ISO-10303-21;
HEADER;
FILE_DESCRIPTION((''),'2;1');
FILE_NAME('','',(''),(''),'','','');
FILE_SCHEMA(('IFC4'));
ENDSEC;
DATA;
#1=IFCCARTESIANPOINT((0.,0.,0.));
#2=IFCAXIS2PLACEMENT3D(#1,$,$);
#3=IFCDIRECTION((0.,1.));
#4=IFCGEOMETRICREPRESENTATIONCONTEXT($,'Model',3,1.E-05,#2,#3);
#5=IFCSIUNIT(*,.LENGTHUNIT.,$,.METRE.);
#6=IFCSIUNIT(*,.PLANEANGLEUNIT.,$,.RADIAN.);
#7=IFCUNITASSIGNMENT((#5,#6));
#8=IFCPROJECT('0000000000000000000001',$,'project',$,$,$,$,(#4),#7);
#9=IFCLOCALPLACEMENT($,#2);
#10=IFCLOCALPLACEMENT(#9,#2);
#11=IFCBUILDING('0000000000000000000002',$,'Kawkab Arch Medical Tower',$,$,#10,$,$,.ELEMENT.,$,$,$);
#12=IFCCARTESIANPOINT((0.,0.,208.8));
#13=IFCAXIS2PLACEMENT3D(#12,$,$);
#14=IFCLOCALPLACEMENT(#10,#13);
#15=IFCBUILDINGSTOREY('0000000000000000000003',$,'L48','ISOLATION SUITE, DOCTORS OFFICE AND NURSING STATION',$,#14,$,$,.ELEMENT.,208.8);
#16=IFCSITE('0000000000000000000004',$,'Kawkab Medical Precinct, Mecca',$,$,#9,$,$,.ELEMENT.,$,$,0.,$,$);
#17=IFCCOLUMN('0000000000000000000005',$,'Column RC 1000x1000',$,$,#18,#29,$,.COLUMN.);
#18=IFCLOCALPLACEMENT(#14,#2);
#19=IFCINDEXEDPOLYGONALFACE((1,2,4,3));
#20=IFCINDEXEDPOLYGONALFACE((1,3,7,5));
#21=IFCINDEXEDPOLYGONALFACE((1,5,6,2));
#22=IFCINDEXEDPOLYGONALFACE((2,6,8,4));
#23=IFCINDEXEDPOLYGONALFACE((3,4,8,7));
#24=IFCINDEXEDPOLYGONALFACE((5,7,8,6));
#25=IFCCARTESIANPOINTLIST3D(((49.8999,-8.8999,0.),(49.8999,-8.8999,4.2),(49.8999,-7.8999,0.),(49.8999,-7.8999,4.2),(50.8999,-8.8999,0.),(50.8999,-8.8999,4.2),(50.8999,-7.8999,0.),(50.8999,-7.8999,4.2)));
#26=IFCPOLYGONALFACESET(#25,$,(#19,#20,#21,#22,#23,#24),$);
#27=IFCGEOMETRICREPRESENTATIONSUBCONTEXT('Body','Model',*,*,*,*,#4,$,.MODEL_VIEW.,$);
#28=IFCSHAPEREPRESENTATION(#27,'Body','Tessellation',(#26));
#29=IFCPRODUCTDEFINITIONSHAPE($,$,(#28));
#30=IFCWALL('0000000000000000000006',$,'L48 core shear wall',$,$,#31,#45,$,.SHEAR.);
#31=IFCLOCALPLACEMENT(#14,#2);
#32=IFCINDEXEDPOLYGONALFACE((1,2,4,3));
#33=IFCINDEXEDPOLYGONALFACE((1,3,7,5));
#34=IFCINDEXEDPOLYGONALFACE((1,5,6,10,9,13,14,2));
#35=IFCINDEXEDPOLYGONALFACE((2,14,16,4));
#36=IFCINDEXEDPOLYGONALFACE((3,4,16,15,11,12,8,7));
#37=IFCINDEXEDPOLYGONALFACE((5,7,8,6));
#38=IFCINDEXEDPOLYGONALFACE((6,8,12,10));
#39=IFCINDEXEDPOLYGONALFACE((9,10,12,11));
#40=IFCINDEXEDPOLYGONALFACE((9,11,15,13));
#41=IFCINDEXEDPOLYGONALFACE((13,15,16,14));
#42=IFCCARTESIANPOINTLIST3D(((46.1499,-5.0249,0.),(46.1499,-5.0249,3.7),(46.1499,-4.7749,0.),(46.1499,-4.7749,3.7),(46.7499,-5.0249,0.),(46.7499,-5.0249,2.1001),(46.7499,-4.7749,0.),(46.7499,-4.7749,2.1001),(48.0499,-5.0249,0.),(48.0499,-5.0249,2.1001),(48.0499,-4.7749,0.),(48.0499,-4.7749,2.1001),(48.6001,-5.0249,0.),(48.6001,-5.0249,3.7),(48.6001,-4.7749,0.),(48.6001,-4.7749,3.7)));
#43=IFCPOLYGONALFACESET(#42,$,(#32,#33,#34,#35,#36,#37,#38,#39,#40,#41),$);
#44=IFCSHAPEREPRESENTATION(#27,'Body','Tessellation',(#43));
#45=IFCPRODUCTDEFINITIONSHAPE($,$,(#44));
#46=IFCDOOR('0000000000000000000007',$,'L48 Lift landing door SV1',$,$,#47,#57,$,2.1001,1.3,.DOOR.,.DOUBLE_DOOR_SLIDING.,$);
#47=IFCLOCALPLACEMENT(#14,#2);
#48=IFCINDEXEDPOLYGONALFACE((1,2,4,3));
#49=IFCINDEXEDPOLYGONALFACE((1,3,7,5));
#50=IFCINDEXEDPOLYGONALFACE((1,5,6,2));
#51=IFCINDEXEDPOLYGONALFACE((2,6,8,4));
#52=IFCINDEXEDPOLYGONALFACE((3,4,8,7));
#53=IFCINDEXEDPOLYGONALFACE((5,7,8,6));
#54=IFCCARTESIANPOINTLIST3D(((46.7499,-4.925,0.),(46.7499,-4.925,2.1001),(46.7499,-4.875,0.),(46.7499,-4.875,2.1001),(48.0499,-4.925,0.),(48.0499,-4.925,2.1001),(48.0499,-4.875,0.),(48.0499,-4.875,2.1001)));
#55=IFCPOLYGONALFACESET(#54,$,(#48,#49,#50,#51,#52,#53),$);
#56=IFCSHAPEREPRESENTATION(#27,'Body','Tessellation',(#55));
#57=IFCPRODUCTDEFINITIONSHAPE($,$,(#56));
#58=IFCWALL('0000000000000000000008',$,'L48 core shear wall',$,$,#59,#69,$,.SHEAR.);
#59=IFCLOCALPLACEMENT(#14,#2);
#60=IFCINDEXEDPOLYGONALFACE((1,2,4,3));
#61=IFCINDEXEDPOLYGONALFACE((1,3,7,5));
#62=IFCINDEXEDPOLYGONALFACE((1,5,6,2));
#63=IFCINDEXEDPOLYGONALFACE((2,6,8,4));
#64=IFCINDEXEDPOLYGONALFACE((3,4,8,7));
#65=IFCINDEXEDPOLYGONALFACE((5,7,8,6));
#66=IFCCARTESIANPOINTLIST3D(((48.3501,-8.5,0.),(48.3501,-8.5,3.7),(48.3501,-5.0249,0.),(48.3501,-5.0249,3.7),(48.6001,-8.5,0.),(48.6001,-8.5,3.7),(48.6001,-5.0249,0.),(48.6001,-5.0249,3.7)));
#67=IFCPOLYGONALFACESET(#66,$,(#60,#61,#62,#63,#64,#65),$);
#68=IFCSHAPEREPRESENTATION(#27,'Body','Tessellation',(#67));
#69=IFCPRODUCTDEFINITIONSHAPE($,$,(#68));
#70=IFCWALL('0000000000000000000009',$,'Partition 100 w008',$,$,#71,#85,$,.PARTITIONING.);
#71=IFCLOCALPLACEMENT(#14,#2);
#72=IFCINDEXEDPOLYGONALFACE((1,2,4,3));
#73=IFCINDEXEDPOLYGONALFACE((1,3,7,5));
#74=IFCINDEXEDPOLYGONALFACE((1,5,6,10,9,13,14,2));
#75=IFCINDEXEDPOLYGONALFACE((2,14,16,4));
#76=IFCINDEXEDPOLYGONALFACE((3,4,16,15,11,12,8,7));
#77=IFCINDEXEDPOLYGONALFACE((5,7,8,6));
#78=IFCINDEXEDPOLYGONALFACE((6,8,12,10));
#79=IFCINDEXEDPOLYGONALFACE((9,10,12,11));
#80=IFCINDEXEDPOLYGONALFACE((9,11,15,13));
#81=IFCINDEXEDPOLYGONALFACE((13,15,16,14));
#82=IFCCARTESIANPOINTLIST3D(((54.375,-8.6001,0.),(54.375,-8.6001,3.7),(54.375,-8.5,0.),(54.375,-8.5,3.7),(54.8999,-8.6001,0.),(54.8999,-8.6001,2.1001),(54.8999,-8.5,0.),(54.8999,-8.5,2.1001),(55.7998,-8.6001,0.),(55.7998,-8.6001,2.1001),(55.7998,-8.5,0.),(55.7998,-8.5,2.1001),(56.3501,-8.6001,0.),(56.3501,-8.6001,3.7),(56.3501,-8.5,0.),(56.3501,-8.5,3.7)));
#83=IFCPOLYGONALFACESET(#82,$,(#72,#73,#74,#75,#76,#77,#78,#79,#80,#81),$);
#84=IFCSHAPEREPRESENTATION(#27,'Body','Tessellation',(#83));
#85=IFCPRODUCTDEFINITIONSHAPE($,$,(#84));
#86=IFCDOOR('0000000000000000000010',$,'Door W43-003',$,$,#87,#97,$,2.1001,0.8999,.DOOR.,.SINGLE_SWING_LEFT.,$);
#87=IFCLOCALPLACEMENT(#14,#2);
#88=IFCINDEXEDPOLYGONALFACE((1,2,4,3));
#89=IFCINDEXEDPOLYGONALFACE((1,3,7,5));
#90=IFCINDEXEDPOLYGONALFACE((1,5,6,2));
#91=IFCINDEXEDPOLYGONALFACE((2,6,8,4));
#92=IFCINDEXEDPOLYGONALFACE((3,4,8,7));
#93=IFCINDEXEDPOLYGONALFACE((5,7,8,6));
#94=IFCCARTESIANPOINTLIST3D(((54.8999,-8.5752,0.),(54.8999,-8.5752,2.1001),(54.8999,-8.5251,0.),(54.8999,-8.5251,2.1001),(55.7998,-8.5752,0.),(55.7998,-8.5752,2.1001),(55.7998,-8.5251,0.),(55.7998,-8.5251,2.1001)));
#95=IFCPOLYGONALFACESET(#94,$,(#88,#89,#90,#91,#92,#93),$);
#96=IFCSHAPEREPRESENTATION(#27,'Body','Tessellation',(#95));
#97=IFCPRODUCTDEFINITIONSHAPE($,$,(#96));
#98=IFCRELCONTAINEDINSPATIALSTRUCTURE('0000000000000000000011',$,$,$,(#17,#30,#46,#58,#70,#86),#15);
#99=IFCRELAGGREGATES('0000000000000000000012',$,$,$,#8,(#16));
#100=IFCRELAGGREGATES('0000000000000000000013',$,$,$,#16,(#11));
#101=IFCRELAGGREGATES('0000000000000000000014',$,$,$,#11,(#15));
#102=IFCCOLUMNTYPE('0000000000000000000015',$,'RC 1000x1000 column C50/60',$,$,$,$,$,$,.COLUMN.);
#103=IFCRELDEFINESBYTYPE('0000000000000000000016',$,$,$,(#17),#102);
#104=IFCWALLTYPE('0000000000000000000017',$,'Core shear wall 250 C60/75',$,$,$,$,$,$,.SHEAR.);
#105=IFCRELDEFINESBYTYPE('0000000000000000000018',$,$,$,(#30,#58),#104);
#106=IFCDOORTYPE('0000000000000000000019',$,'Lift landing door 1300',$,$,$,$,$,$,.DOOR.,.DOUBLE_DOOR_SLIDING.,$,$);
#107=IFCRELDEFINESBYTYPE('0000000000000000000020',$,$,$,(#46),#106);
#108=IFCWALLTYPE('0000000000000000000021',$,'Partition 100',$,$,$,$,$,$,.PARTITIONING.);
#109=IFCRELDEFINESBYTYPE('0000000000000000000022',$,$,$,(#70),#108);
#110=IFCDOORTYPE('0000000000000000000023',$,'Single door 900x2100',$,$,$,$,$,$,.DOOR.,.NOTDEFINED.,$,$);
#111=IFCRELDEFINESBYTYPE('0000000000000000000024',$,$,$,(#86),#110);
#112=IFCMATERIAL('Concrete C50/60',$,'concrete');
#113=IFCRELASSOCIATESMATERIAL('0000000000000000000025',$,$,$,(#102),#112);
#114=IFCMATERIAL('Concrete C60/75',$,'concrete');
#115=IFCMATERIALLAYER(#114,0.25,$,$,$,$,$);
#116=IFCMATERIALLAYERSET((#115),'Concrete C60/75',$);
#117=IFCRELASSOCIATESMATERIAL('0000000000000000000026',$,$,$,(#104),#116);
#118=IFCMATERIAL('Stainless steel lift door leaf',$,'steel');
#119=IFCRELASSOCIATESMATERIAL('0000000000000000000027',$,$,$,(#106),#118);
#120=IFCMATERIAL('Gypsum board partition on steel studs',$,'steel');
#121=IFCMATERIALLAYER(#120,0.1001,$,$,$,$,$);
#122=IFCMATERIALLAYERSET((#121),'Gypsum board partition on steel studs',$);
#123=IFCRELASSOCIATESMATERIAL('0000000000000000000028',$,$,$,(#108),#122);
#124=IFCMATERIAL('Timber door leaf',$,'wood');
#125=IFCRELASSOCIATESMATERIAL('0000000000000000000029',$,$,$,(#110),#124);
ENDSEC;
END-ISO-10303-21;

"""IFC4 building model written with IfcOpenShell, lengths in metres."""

from ifc_helpers import new_model, si_unit, direction, frame, frame_2d, origin, origin_2d, place, context, subcontext, project, spatial, rectangle, extrude, material, layer, layer_set, material_profile, profile_set, type_object, element, fill, save


model = new_model("IFC4")

# Units and contexts
model_context = context("Model", 3, precision=1e-05, world=origin(), true_north=direction((0.0, 1.0)))
body_context = subcontext(model_context, "Body", "Model", "MODEL_VIEW")
ifc_project = project(units=[si_unit("LENGTHUNIT", "METRE"), si_unit("PLANEANGLEUNIT", "RADIAN")], contexts=[model_context])

# Site, building, storey
site_placement = place(None, origin())
site = spatial("IfcSite", under=ifc_project, at=site_placement, Name="Kawkab Medical Precinct, Mecca", CompositionType="ELEMENT", RefElevation=0.0)
building_placement = place(site_placement, origin())
building = spatial("IfcBuilding", under=site, at=building_placement, Name="Kawkab Arch Medical Tower", CompositionType="ELEMENT")
storey_placement = place(building_placement, frame((0.0, 0.0, 208.8)))
storey = spatial("IfcBuildingStorey", under=building, at=storey_placement, Name="L48", Description="ISOLATION SUITE, DOCTORS OFFICE AND NURSING STATION", CompositionType="ELEMENT", Elevation=208.8)

# Column
ifc_material_1 = material(Name="Concrete C50/60", Category="concrete")
ifc_material_profile = material_profile(ifc_material_1, rectangle(XDim=1.0, YDim=1.0, at=origin_2d()), Name="RC 1000x1000")
ifc_profile_set = profile_set([ifc_material_profile], Name="Concrete C50/60")
column_type = type_object("IfcColumnType", Name="RC 1000x1000 column C50/60", PredefinedType="COLUMN", material=ifc_profile_set)
column_placement = place(storey_placement, frame((50.3999, -8.3999, 0.0), z_axis=(0.0, 0.0, 1.0), x_axis=(1.0, 0.0, 0.0)))
element("IfcColumn", 1, at=column_placement, inside=storey, type_object=column_type, Name="Column RC 1000x1000", PredefinedType="COLUMN", context=body_context, shape_type="SweptSolid", body=[
    extrude(rectangle(XDim=1.0, YDim=1.0, at=origin_2d()), origin(), (0.0, 0.0, 1.0), 4.2),
])

# Wall, opening, door
ifc_material_2 = material(Name="Concrete C60/75", Category="concrete")
ifc_layer_1 = layer(ifc_material_2, 0.25)
ifc_layer_set_1 = layer_set([ifc_layer_1], Name="Concrete C60/75")
wall_type_1 = type_object("IfcWallType", Name="Core shear wall 250 C60/75", PredefinedType="SHEAR", material=ifc_layer_set_1)
wall_1_placement = place(storey_placement, frame((46.1499, -4.8999, 0.0), z_axis=(0.0, 0.0, 1.0), x_axis=(1.0, 0.0, 0.0)))
wall_1 = element("IfcWall", 2, at=wall_1_placement, inside=storey, type_object=wall_type_1, Name="L48 core shear wall", PredefinedType="SHEAR", context=body_context, shape_type="SweptSolid", body=[
    extrude(rectangle(XDim=2.4502, YDim=0.25, at=frame_2d((1.2251, 0.0))), origin(), (0.0, 0.0, 1.0), 3.7),
])
opening_1_placement = place(wall_1_placement, frame((0.6001, 0.0, 0.0)))
opening_1 = element("IfcOpeningElement", 3, at=opening_1_placement, cuts=wall_1, PredefinedType="OPENING", context=body_context, shape_type="SweptSolid", body=[
    extrude(rectangle(XDim=1.3, YDim=2.1001, at=frame_2d((0.6499, 1.05))), frame((0.0, 0.135, 0.0), z_axis=(0.0, -1.0, 0.0), x_axis=(1.0, 0.0, 0.0)), (0.0, 0.0, 1.0), 0.27),
])
ifc_material_3 = material(Name="Stainless steel lift door leaf", Category="steel")
door_type_1 = type_object("IfcDoorType", Name="Lift landing door 1300", OperationType="DOUBLE_DOOR_SLIDING", PredefinedType="DOOR", material=ifc_material_3)
door_1_placement = place(opening_1_placement, origin())
door_1 = element("IfcDoor", 4, at=door_1_placement, inside=storey, type_object=door_type_1, Name="L48 Lift landing door SV1", OperationType="DOUBLE_DOOR_SLIDING", OverallHeight=2.1001, OverallWidth=1.3, PredefinedType="DOOR", context=body_context, shape_type="SweptSolid", body=[
    extrude(rectangle(XDim=1.3, YDim=2.1001, at=frame_2d((0.6499, 1.05))), frame((0.0, 0.0249, 0.0), z_axis=(0.0, -1.0, 0.0), x_axis=(1.0, 0.0, 0.0)), (0.0, 0.0, 1.0), 0.05),
])
fill(opening_1, door_1)

# Wall
wall_2_placement = place(storey_placement, frame((48.4751, -8.5, 0.0), z_axis=(0.0, 0.0, 1.0), x_axis=(0.0, 1.0, 0.0)))
element("IfcWall", 5, at=wall_2_placement, inside=storey, type_object=wall_type_1, Name="L48 core shear wall", PredefinedType="SHEAR", context=body_context, shape_type="SweptSolid", body=[
    extrude(rectangle(XDim=3.4751, YDim=0.25, at=frame_2d((1.7375, 0.0))), origin(), (0.0, 0.0, 1.0), 3.7),
])

# Wall, opening, door
ifc_material_4 = material(Name="Gypsum board partition on steel studs", Category="steel")
ifc_layer_2 = layer(ifc_material_4, 0.1001)
ifc_layer_set_2 = layer_set([ifc_layer_2], Name="Gypsum board partition on steel studs")
wall_type_2 = type_object("IfcWallType", Name="Partition 100", PredefinedType="PARTITIONING", material=ifc_layer_set_2)
wall_3_placement = place(storey_placement, frame((54.375, -8.55, 0.0), z_axis=(0.0, 0.0, 1.0), x_axis=(1.0, 0.0, 0.0)))
wall_3 = element("IfcWall", 6, at=wall_3_placement, inside=storey, type_object=wall_type_2, Name="Partition 100 w008", PredefinedType="PARTITIONING", context=body_context, shape_type="SweptSolid", body=[
    extrude(rectangle(XDim=1.9751, YDim=0.1001, at=frame_2d((0.9875, 0.0))), origin(), (0.0, 0.0, 1.0), 3.7),
])
opening_2_placement = place(wall_3_placement, frame((0.5249, 0.0, 0.0)))
opening_2 = element("IfcOpeningElement", 7, at=opening_2_placement, cuts=wall_3, PredefinedType="OPENING", context=body_context, shape_type="SweptSolid", body=[
    extrude(rectangle(XDim=0.8999, YDim=2.1001, at=frame_2d((0.45, 1.05))), frame((0.0, 0.0601, 0.0), z_axis=(0.0, -1.0, 0.0), x_axis=(1.0, 0.0, 0.0)), (0.0, 0.0, 1.0), 0.1201),
])
ifc_material_5 = material(Name="Timber door leaf", Category="wood")
door_type_2 = type_object("IfcDoorType", Name="Single door 900x2100", OperationType="NOTDEFINED", PredefinedType="DOOR", material=ifc_material_5)
door_2_placement = place(opening_2_placement, origin())
door_2 = element("IfcDoor", 8, at=door_2_placement, inside=storey, type_object=door_type_2, Name="Door W43-003", OperationType="SINGLE_SWING_LEFT", OverallHeight=2.1001, OverallWidth=0.8999, PredefinedType="DOOR", context=body_context, shape_type="SweptSolid", body=[
    extrude(rectangle(XDim=0.8999, YDim=2.1001, at=frame_2d((0.45, 1.05))), frame((0.0, 0.0249, 0.0), z_axis=(0.0, -1.0, 0.0), x_axis=(1.0, 0.0, 0.0)), (0.0, 0.0, 1.0), 0.05),
])
fill(opening_2, door_2)

save(model, "model.ifc")
